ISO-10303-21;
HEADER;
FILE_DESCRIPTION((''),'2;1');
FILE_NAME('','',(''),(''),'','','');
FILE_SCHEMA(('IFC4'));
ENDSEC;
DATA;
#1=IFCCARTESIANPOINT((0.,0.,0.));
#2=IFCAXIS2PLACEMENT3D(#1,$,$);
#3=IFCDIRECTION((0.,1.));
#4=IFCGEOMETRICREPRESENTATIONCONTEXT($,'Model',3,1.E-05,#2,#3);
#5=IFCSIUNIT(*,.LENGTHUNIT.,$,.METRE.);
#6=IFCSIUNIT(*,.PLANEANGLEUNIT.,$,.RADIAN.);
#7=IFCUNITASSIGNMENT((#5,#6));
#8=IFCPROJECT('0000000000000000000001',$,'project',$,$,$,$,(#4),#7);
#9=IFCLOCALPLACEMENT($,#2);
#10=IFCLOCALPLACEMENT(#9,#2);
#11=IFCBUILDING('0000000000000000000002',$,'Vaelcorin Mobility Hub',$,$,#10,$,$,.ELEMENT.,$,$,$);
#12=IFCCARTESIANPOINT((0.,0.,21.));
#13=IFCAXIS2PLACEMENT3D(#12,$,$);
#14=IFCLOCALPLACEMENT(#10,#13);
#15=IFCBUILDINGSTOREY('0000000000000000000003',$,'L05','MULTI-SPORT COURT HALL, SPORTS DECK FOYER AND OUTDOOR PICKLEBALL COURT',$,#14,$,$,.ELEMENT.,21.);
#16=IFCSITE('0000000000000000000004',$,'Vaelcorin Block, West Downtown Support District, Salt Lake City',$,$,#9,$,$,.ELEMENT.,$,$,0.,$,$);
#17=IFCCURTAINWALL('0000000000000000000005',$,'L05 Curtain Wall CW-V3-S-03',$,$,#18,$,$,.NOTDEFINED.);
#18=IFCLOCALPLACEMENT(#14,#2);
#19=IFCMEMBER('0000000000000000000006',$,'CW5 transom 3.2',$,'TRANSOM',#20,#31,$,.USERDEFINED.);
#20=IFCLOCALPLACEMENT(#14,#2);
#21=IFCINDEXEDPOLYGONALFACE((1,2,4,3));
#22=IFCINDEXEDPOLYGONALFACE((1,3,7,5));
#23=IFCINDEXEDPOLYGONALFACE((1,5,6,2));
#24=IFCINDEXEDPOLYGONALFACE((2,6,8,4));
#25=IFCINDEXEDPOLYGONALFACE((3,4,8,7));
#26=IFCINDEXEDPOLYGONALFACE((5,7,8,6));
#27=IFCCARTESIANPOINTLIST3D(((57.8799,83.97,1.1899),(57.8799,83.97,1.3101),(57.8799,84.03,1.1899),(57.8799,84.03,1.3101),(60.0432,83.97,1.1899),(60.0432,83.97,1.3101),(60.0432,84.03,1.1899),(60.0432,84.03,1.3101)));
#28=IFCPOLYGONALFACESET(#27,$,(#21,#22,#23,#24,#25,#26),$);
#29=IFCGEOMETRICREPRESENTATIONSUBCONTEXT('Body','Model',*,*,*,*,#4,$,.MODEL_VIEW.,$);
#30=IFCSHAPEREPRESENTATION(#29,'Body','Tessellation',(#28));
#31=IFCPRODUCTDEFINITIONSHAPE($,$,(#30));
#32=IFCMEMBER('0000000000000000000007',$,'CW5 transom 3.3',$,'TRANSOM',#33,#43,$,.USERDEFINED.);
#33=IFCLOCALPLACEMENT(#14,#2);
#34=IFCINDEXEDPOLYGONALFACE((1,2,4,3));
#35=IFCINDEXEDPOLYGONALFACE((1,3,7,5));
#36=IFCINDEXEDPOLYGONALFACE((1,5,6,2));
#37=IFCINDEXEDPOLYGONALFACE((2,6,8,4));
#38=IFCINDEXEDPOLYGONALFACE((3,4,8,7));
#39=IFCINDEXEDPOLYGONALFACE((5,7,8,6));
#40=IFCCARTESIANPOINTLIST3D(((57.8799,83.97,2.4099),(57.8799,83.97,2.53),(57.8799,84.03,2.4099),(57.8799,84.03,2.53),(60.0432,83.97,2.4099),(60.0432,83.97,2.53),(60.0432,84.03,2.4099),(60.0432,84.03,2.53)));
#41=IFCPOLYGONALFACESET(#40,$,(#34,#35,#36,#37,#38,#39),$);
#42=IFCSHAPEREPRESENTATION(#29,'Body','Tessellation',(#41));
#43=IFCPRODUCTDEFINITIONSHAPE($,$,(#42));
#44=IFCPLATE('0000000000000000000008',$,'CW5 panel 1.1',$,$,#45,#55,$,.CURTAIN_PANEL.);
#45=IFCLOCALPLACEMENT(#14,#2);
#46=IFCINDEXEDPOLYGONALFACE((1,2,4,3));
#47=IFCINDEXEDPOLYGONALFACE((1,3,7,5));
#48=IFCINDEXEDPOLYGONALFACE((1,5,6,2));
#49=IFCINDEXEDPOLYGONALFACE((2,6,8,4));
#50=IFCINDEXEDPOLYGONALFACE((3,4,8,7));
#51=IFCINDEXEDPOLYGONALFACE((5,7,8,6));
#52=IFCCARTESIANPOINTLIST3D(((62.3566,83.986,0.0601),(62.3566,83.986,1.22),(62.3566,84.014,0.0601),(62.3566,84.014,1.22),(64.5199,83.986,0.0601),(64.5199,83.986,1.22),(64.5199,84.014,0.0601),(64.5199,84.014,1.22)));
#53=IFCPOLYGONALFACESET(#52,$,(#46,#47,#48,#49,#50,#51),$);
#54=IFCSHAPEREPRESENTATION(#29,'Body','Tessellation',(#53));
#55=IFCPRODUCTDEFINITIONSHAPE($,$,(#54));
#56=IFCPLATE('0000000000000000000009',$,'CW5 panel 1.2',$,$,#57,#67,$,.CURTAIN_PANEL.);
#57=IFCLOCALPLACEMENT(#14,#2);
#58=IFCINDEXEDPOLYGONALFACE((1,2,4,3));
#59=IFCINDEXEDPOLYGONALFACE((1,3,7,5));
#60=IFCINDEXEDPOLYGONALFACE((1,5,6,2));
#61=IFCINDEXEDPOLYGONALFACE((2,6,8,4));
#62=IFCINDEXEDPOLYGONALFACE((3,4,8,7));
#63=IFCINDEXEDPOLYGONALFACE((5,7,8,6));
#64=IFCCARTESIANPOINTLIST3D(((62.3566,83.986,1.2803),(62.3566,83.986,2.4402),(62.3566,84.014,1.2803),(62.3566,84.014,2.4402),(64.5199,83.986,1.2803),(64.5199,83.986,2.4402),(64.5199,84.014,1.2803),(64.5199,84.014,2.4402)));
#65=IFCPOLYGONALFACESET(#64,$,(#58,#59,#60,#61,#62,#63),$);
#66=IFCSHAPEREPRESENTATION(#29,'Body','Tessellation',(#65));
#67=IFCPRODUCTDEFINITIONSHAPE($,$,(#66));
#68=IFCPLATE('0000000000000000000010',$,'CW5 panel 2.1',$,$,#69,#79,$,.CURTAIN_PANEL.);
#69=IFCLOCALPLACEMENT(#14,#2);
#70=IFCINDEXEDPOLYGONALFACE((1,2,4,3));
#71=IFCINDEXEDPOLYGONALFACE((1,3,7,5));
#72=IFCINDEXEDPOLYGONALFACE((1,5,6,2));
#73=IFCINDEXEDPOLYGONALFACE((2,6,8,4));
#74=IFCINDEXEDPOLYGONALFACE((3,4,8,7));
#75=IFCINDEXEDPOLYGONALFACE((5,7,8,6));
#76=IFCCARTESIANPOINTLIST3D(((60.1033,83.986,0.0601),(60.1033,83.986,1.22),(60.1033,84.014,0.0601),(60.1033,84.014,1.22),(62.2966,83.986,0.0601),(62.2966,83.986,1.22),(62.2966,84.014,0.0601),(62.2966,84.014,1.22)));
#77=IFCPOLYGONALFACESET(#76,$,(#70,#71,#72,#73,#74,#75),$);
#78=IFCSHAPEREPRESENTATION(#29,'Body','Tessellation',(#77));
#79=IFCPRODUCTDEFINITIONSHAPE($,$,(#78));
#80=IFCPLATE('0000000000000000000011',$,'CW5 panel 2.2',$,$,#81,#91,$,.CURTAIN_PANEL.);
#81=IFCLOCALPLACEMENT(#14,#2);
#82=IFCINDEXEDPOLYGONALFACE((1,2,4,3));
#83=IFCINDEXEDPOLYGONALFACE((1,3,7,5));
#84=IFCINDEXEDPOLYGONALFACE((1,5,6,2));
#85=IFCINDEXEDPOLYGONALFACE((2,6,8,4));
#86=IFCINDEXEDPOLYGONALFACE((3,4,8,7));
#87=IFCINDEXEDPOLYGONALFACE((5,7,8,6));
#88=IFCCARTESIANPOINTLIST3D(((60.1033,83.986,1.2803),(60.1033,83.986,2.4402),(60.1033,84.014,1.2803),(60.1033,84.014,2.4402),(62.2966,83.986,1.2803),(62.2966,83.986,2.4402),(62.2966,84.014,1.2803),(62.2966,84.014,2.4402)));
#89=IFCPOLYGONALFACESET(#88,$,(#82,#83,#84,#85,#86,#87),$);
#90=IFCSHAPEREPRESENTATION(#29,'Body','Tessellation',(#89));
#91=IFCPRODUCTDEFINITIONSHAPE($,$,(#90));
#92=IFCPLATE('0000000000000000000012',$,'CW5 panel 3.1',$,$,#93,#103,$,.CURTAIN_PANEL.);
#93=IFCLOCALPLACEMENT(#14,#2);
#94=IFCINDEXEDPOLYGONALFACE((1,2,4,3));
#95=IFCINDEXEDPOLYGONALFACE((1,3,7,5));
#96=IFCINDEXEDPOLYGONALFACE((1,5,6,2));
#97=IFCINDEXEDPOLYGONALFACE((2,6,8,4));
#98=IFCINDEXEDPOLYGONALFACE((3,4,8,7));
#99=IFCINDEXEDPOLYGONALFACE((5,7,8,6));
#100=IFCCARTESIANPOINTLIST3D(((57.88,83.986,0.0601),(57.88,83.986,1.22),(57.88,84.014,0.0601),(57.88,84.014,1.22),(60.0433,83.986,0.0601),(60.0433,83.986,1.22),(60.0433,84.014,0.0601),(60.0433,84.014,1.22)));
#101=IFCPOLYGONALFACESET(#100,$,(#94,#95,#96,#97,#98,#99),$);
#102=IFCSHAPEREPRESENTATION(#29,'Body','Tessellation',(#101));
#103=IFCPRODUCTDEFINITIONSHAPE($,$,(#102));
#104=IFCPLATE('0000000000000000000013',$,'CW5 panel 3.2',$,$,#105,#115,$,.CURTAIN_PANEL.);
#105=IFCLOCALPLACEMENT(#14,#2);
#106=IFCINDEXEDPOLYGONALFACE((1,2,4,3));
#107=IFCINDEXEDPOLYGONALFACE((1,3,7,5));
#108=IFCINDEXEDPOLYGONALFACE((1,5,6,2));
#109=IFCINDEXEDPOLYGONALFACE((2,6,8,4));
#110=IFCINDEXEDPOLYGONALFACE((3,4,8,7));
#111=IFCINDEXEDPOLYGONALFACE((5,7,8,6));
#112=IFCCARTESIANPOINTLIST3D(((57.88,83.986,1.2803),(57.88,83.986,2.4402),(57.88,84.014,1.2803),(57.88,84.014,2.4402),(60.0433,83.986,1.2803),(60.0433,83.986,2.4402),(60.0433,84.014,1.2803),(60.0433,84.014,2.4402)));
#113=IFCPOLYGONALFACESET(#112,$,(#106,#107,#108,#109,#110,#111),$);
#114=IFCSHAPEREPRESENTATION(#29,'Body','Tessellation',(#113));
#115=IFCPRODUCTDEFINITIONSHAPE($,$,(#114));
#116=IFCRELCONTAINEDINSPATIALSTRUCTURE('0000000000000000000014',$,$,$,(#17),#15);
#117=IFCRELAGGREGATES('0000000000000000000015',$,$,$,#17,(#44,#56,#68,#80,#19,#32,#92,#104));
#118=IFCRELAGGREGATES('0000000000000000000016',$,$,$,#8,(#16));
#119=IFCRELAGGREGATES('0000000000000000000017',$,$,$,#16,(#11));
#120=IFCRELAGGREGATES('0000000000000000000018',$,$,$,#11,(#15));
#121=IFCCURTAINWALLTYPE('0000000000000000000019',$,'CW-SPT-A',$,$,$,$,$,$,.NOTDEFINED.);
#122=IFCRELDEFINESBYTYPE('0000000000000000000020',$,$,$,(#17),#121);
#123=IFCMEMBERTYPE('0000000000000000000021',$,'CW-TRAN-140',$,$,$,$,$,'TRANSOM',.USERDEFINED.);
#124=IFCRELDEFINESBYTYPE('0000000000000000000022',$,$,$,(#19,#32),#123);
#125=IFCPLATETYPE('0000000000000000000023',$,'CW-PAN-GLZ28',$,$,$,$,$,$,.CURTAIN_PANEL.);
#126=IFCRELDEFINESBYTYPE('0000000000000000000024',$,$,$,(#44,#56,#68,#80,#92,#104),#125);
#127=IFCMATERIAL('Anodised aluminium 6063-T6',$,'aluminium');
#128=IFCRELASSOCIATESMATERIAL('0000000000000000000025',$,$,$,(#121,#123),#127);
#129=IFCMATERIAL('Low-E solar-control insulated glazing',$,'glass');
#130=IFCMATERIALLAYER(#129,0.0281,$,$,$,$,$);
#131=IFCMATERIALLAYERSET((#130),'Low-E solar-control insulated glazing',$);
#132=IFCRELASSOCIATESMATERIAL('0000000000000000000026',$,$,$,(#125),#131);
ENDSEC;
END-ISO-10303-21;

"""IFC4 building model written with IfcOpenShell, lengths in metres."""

from ifc_helpers import new_model, si_unit, direction, frame, origin, origin_2d, place, context, subcontext, project, spatial, rectangle, extrude, material, layer, layer_set, material_profile, profile_set, type_object, element, aggregate, save


model = new_model("IFC4")

# Units and contexts
model_context = context("Model", 3, precision=1e-05, world=origin(), true_north=direction((0.0, 1.0)))
body_context = subcontext(model_context, "Body", "Model", "MODEL_VIEW")
ifc_project = project(units=[si_unit("LENGTHUNIT", "METRE"), si_unit("PLANEANGLEUNIT", "RADIAN")], contexts=[model_context])

# Site, building, storey
site_placement = place(None, origin())
site = spatial("IfcSite", under=ifc_project, at=site_placement, Name="Vaelcorin Block, West Downtown Support District, Salt Lake City", CompositionType="ELEMENT", RefElevation=0.0)
building_placement = place(site_placement, origin())
building = spatial("IfcBuilding", under=site, at=building_placement, Name="Vaelcorin Mobility Hub", CompositionType="ELEMENT")
storey_placement = place(building_placement, frame((0.0, 0.0, 21.0)))
storey = spatial("IfcBuildingStorey", under=building, at=storey_placement, Name="L05", Description="MULTI-SPORT COURT HALL, SPORTS DECK FOYER AND OUTDOOR PICKLEBALL COURT", CompositionType="ELEMENT", Elevation=21.0)

# Shared definitions
ifc_material_1 = material(Name="Anodised aluminium 6063-T6", Category="aluminium")
curtain_wall_type = type_object("IfcCurtainWallType", Name="CW-SPT-A", PredefinedType="NOTDEFINED", material=ifc_material_1)

# Curtain wall
curtain_wall_1_placement = place(storey_placement, origin())
curtain_wall_1 = element("IfcCurtainWall", 1, at=curtain_wall_1_placement, inside=storey, type_object=curtain_wall_type, Name="L05 Curtain Wall CW-V3-S-03", PredefinedType="NOTDEFINED")

# Members
ifc_material_profile_1 = material_profile(ifc_material_1, rectangle(XDim=0.0601, YDim=0.1201, at=origin_2d()), Name="ALU-T60X120")
ifc_profile_set_1 = profile_set([ifc_material_profile_1], Name="Anodised aluminium 6063-T6")
member_type_1 = type_object("IfcMemberType", Name="CW-TRAN-140", ElementType="TRANSOM", PredefinedType="USERDEFINED", material=ifc_profile_set_1)
member_1_placement = place(storey_placement, frame((60.0432, 84.0, 1.25), z_axis=(-1.0, 0.0, 0.0), x_axis=(0.0, -1.0, 0.0)))
member_1 = element("IfcMember", 2, at=member_1_placement, type_object=member_type_1, Name="CW5 transom 3.2", ObjectType="TRANSOM", PredefinedType="USERDEFINED", context=body_context, shape_type="SweptSolid", body=[
    extrude(rectangle(XDim=0.0601, YDim=0.1201, at=origin_2d()), origin(), (0.0, 0.0, 1.0), 2.1633),
])
member_2_placement = place(storey_placement, frame((60.0432, 84.0, 2.47), z_axis=(-1.0, 0.0, 0.0), x_axis=(0.0, -1.0, 0.0)))
member_2 = element("IfcMember", 3, at=member_2_placement, type_object=member_type_1, Name="CW5 transom 3.3", ObjectType="TRANSOM", PredefinedType="USERDEFINED", context=body_context, shape_type="SweptSolid", body=[
    extrude(rectangle(XDim=0.0601, YDim=0.1201, at=origin_2d()), origin(), (0.0, 0.0, 1.0), 2.1633),
])

# Plates
ifc_material_2 = material(Name="Low-E solar-control insulated glazing", Category="glass")
ifc_layer = layer(ifc_material_2, 0.0281)
ifc_layer_set = layer_set([ifc_layer], Name="Low-E solar-control insulated glazing")
plate_type = type_object("IfcPlateType", Name="CW-PAN-GLZ28", PredefinedType="CURTAIN_PANEL", material=ifc_layer_set)
plate_1_placement = place(storey_placement, frame((63.4382, 84.0, 0.0601), z_axis=(0.0, 0.0, 1.0), x_axis=(-1.0, 0.0, 0.0)))
plate_1 = element("IfcPlate", 4, at=plate_1_placement, type_object=plate_type, Name="CW5 panel 1.1", PredefinedType="CURTAIN_PANEL", context=body_context, shape_type="SweptSolid", body=[
    extrude(rectangle(XDim=2.1633, YDim=0.0281, at=origin_2d()), origin(), (0.0, 0.0, 1.0), 1.1599),
])
plate_2_placement = place(storey_placement, frame((63.4382, 84.0, 1.2803), z_axis=(0.0, 0.0, 1.0), x_axis=(-1.0, 0.0, 0.0)))
plate_2 = element("IfcPlate", 5, at=plate_2_placement, type_object=plate_type, Name="CW5 panel 1.2", PredefinedType="CURTAIN_PANEL", context=body_context, shape_type="SweptSolid", body=[
    extrude(rectangle(XDim=2.1633, YDim=0.0281, at=origin_2d()), origin(), (0.0, 0.0, 1.0), 1.1599),
])
plate_3_placement = place(storey_placement, frame((61.2, 84.0, 0.0601), z_axis=(0.0, 0.0, 1.0), x_axis=(-1.0, 0.0, 0.0)))
plate_3 = element("IfcPlate", 6, at=plate_3_placement, type_object=plate_type, Name="CW5 panel 2.1", PredefinedType="CURTAIN_PANEL", context=body_context, shape_type="SweptSolid", body=[
    extrude(rectangle(XDim=2.1934, YDim=0.0281, at=origin_2d()), origin(), (0.0, 0.0, 1.0), 1.1599),
])
plate_4_placement = place(storey_placement, frame((61.2, 84.0, 1.2803), z_axis=(0.0, 0.0, 1.0), x_axis=(-1.0, 0.0, 0.0)))
plate_4 = element("IfcPlate", 7, at=plate_4_placement, type_object=plate_type, Name="CW5 panel 2.2", PredefinedType="CURTAIN_PANEL", context=body_context, shape_type="SweptSolid", body=[
    extrude(rectangle(XDim=2.1934, YDim=0.0281, at=origin_2d()), origin(), (0.0, 0.0, 1.0), 1.1599),
])
plate_5_placement = place(storey_placement, frame((58.9617, 84.0, 0.0601), z_axis=(0.0, 0.0, 1.0), x_axis=(-1.0, 0.0, 0.0)))
plate_5 = element("IfcPlate", 8, at=plate_5_placement, type_object=plate_type, Name="CW5 panel 3.1", PredefinedType="CURTAIN_PANEL", context=body_context, shape_type="SweptSolid", body=[
    extrude(rectangle(XDim=2.1633, YDim=0.0281, at=origin_2d()), origin(), (0.0, 0.0, 1.0), 1.1599),
])
plate_6_placement = place(storey_placement, frame((58.9617, 84.0, 1.2803), z_axis=(0.0, 0.0, 1.0), x_axis=(-1.0, 0.0, 0.0)))
plate_6 = element("IfcPlate", 9, at=plate_6_placement, type_object=plate_type, Name="CW5 panel 3.2", PredefinedType="CURTAIN_PANEL", context=body_context, shape_type="SweptSolid", body=[
    extrude(rectangle(XDim=2.1633, YDim=0.0281, at=origin_2d()), origin(), (0.0, 0.0, 1.0), 1.1599),
])
aggregate(curtain_wall_1, [plate_1, plate_2, plate_3, plate_4, member_1, member_2, plate_5, plate_6])

save(model, "model.ifc")
